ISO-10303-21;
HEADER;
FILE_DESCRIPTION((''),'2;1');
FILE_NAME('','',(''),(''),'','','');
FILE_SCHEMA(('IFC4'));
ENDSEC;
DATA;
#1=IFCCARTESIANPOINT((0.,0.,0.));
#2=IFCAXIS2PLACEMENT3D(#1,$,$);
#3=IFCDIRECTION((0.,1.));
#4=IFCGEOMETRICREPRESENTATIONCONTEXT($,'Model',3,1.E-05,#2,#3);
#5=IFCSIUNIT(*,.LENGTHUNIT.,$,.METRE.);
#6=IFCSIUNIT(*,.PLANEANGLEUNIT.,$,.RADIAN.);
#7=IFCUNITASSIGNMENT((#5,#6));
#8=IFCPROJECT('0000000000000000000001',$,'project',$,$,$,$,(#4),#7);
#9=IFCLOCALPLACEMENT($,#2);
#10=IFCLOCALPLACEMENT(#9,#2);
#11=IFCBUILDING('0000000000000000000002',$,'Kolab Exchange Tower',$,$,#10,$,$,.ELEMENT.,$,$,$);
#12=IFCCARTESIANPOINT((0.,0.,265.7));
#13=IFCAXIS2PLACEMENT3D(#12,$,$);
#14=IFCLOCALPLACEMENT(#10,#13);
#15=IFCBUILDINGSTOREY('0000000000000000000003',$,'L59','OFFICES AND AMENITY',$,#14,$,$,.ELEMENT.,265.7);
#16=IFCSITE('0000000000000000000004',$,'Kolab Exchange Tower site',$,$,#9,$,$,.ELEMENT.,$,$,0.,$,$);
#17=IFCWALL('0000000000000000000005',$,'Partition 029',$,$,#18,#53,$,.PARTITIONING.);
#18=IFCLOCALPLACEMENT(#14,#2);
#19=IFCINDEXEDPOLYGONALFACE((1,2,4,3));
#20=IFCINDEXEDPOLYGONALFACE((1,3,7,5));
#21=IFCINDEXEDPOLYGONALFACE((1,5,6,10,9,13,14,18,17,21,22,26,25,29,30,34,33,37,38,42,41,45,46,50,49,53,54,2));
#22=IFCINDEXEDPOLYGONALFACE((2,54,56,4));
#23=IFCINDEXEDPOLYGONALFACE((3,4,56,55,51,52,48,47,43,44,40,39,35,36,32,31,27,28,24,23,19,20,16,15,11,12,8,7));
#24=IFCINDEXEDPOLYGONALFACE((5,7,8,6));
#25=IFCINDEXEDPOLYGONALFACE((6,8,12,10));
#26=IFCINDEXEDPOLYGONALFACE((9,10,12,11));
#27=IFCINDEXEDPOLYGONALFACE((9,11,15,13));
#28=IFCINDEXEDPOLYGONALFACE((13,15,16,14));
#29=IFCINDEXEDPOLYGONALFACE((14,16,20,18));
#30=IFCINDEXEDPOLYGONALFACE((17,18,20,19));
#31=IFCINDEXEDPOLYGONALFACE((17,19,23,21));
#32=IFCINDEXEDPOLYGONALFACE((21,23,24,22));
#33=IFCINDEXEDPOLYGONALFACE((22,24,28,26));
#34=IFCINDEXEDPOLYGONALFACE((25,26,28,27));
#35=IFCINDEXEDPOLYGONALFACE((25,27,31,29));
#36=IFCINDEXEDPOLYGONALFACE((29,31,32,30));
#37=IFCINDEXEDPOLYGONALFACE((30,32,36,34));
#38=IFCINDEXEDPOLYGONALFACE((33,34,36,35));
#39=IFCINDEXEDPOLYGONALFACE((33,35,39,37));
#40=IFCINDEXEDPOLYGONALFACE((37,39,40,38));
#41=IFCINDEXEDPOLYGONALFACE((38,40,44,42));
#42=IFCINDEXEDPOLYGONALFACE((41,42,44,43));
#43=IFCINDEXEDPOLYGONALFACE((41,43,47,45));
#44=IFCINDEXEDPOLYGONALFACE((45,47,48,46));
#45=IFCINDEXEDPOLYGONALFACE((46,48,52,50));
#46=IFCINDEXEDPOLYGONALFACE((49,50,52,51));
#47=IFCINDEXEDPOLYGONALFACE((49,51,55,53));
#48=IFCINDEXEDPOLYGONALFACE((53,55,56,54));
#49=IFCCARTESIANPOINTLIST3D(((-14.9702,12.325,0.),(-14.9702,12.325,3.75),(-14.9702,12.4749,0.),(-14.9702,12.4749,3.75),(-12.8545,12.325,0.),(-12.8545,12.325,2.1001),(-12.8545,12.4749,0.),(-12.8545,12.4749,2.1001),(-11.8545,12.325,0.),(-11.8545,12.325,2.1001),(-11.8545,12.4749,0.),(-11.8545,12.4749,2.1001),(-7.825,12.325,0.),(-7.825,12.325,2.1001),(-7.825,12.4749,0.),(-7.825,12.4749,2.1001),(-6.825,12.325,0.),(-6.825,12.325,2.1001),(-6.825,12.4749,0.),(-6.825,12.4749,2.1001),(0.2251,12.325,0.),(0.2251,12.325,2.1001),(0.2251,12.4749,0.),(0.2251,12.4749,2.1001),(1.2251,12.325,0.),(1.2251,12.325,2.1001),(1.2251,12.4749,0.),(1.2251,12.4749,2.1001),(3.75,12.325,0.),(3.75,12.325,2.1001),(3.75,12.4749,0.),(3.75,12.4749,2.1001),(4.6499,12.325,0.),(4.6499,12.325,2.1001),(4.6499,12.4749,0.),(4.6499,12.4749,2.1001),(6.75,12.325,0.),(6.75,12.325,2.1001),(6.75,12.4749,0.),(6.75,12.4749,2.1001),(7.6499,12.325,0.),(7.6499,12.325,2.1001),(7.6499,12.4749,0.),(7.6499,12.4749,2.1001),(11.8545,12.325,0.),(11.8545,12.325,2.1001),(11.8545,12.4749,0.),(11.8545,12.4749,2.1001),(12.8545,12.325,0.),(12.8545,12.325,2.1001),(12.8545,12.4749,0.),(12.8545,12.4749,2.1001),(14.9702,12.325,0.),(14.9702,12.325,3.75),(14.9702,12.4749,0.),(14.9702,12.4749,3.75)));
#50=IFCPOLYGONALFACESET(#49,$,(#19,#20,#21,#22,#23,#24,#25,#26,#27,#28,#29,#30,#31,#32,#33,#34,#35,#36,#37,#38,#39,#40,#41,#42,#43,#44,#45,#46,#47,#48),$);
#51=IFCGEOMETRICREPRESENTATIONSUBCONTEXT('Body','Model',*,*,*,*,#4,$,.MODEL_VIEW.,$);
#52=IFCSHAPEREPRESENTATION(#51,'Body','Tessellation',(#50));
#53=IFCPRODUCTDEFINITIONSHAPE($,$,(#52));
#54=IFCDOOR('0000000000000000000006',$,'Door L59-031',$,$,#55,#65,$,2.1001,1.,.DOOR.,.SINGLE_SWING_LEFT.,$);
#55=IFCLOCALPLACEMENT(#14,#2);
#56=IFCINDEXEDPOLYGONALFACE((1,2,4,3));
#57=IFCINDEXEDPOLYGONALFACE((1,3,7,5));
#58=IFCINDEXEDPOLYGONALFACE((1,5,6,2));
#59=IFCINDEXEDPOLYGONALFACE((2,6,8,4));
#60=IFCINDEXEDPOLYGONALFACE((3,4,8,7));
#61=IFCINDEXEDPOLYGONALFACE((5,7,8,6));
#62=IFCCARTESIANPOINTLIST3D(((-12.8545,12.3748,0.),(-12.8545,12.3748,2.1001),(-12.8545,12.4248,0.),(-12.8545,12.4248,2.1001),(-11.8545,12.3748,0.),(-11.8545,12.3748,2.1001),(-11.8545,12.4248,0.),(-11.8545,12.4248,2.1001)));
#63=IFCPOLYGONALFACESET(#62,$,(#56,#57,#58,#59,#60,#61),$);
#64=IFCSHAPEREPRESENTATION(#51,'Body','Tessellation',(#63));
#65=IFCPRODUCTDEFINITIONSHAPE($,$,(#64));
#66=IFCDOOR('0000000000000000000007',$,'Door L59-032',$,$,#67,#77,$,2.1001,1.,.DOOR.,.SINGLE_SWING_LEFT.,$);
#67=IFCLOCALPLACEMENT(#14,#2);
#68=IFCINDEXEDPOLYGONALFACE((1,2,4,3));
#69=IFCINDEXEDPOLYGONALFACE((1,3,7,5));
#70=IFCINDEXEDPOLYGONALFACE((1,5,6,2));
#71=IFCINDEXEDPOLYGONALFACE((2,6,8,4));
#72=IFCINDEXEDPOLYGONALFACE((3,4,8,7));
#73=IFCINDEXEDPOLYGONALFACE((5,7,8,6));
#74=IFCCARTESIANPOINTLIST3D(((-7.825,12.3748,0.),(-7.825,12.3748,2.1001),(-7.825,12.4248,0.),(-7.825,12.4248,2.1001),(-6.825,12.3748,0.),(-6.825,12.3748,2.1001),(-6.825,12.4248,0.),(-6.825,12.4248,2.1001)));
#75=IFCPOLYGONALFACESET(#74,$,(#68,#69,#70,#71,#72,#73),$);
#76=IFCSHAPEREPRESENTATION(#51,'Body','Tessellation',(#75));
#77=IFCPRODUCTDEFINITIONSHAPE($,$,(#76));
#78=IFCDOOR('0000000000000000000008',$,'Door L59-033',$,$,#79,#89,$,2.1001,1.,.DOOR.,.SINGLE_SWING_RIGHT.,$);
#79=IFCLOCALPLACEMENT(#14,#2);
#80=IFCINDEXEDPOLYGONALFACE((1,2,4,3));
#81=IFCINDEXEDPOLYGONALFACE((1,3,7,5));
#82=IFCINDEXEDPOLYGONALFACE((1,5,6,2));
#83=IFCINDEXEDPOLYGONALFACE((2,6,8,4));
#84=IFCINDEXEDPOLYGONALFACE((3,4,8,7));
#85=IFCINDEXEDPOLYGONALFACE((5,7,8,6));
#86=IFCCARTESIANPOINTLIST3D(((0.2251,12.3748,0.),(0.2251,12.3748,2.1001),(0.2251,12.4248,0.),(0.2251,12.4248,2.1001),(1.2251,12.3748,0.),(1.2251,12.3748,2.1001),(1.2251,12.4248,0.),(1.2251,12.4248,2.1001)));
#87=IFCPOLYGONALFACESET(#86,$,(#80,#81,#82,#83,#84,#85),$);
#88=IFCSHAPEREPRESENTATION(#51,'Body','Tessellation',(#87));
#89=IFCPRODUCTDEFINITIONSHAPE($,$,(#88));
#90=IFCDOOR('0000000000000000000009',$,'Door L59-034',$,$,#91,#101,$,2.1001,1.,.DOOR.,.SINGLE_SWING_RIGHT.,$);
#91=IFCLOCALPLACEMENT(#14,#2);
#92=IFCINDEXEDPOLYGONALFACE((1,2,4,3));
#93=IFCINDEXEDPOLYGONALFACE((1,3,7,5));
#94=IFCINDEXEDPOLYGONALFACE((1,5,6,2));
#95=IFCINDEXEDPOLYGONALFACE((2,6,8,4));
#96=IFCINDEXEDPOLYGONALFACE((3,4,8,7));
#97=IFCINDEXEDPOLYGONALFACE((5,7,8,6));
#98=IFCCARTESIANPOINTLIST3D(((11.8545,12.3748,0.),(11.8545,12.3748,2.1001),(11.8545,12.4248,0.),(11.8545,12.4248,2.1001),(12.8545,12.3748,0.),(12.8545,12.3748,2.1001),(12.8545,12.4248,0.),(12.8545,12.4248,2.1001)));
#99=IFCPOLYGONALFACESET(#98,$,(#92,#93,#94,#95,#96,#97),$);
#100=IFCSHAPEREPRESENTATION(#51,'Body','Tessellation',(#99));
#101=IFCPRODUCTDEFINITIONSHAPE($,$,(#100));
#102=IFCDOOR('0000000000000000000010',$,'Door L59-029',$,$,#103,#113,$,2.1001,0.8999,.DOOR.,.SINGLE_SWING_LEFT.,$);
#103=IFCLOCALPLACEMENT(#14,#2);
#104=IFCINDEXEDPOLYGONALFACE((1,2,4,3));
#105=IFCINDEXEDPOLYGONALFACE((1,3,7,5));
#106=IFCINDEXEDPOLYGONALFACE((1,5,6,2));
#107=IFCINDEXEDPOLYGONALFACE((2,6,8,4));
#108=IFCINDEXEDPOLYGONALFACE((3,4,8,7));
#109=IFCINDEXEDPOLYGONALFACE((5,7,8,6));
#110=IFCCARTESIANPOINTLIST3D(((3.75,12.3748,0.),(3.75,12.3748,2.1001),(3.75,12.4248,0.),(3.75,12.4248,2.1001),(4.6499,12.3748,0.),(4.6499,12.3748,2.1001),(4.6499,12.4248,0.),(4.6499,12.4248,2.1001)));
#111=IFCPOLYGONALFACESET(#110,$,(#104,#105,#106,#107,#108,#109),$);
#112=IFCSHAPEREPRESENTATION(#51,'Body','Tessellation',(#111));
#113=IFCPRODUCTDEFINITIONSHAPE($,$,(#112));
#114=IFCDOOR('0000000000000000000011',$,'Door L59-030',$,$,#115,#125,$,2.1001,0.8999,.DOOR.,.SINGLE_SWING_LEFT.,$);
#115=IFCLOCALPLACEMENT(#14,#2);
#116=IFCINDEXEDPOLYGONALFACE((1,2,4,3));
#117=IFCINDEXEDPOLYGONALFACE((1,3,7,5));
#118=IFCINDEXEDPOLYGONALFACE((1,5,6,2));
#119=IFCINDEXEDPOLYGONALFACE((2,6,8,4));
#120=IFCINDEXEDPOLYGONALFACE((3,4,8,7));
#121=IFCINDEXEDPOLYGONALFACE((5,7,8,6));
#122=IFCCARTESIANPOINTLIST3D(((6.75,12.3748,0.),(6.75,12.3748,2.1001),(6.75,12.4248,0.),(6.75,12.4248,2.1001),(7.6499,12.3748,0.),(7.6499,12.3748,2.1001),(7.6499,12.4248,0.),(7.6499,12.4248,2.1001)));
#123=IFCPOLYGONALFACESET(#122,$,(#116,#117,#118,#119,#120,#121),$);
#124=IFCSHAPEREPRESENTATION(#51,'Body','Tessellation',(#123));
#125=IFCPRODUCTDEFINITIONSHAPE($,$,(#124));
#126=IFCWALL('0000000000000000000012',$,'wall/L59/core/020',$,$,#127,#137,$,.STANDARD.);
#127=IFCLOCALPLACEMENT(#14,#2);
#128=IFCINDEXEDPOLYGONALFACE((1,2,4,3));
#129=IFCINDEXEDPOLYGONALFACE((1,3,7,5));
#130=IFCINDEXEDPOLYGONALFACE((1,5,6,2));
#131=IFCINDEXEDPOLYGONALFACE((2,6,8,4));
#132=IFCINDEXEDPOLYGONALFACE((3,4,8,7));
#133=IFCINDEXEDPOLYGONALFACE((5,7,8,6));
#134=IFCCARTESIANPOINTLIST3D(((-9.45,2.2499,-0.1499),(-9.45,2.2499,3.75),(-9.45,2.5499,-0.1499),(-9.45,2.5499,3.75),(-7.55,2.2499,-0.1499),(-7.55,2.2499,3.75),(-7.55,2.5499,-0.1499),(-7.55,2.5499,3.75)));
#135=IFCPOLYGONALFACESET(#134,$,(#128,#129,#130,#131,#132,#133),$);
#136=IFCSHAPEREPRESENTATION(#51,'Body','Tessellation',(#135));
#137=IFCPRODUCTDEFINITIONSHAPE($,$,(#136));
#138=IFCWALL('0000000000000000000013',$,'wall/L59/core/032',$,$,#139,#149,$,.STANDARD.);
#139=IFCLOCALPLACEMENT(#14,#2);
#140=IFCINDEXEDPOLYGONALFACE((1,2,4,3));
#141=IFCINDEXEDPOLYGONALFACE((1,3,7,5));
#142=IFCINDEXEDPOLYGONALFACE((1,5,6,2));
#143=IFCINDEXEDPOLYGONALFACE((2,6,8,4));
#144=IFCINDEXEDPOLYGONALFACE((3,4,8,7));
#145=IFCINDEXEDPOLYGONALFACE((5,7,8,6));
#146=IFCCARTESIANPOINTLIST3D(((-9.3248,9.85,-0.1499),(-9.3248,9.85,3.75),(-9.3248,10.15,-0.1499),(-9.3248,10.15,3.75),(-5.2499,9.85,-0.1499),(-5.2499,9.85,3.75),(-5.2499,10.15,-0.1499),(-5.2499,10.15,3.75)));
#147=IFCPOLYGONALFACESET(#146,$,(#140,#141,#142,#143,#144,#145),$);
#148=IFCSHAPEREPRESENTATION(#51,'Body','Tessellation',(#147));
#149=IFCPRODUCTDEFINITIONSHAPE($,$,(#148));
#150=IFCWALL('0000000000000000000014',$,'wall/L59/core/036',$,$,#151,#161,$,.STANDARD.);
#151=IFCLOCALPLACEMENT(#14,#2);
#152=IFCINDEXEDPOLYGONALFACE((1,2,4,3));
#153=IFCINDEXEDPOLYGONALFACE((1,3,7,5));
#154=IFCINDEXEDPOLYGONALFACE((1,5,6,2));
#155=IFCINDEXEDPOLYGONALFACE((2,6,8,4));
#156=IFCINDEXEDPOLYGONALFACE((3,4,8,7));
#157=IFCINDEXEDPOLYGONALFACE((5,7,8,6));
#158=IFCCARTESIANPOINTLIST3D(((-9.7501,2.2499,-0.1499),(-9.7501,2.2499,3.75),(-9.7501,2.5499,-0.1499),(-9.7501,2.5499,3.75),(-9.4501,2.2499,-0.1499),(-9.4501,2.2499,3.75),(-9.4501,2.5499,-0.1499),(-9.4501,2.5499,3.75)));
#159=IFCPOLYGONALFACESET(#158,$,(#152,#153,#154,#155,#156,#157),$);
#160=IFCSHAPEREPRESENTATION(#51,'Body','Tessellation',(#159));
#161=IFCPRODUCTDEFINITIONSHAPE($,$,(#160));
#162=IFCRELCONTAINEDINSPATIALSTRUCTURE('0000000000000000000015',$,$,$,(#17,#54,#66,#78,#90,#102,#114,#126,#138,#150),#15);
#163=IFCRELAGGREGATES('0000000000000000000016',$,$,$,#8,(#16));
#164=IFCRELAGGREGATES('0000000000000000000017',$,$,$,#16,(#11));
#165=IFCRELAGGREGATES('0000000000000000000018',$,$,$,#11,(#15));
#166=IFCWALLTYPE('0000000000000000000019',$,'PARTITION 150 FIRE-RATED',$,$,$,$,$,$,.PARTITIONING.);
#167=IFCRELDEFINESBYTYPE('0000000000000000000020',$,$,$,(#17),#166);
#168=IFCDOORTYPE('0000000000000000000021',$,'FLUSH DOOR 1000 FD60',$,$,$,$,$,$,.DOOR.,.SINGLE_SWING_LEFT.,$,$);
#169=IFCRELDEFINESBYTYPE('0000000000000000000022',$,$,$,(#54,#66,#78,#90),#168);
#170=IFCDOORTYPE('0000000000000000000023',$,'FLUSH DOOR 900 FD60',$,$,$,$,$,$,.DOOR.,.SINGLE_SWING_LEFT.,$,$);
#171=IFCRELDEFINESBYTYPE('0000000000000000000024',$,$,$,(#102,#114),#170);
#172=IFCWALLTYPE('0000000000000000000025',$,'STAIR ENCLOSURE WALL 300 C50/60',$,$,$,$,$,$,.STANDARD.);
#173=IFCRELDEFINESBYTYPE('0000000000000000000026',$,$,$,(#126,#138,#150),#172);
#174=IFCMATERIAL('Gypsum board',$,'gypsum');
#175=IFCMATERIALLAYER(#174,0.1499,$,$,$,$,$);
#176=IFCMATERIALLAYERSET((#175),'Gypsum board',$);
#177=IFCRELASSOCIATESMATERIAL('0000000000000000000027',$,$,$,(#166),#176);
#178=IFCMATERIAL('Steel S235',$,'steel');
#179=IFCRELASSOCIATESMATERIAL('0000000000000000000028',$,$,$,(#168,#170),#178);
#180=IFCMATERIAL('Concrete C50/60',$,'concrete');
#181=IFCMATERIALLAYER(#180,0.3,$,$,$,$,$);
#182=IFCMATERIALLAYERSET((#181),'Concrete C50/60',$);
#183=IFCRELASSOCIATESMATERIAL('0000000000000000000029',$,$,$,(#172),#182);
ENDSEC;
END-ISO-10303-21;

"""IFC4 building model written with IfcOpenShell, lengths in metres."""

from ifc_helpers import new_model, si_unit, direction, frame, frame_2d, origin, place, context, subcontext, project, spatial, rectangle, extrude, material, layer, layer_set, type_object, element, fill, save


model = new_model("IFC4")

# Units and contexts
model_context = context("Model", 3, precision=1e-05, world=origin(), true_north=direction((0.0, 1.0)))
body_context = subcontext(model_context, "Body", "Model", "MODEL_VIEW")
ifc_project = project(units=[si_unit("LENGTHUNIT", "METRE"), si_unit("PLANEANGLEUNIT", "RADIAN")], contexts=[model_context])

# Site, building, storey
site_placement = place(None, origin())
site = spatial("IfcSite", under=ifc_project, at=site_placement, Name="Kolab Exchange Tower site", CompositionType="ELEMENT", RefElevation=0.0)
building_placement = place(site_placement, origin())
building = spatial("IfcBuilding", under=site, at=building_placement, Name="Kolab Exchange Tower", CompositionType="ELEMENT")
storey_placement = place(building_placement, frame((0.0, 0.0, 265.7)))
storey = spatial("IfcBuildingStorey", under=building, at=storey_placement, Name="L59", Description="OFFICES AND AMENITY", CompositionType="ELEMENT", Elevation=265.7)

# Shared definitions
ifc_material_1 = material(Name="Concrete C50/60", Category="concrete")
ifc_material_2 = material(Name="Gypsum board", Category="gypsum")
ifc_layer_1 = layer(ifc_material_2, 0.1499)
ifc_layer_set_1 = layer_set([ifc_layer_1], Name="Gypsum board")
wall_type_1 = type_object("IfcWallType", Name="PARTITION 150 FIRE-RATED", PredefinedType="PARTITIONING", material=ifc_layer_set_1)

# Wall, openings, doors
wall_1_placement = place(storey_placement, frame((-14.9702, 12.3999, 0.0), z_axis=(0.0, 0.0, 1.0), x_axis=(1.0, 0.0, 0.0)))
wall_1 = element("IfcWall", 1, at=wall_1_placement, inside=storey, type_object=wall_type_1, Name="Partition 029", PredefinedType="PARTITIONING", context=body_context, shape_type="SweptSolid", body=[
    extrude(rectangle(XDim=29.9404, YDim=0.1499, at=frame_2d((14.9702, 0.0))), origin(), (0.0, 0.0, 1.0), 3.75),
])
opening_1_placement = place(wall_1_placement, frame((18.7202, 0.0, 0.0)))
opening_1 = element("IfcOpeningElement", 2, at=opening_1_placement, cuts=wall_1, PredefinedType="OPENING", context=body_context, shape_type="SweptSolid", body=[
    extrude(rectangle(XDim=0.8999, YDim=2.1001, at=frame_2d((0.45, 1.05))), frame((0.0, 0.085, 0.0), z_axis=(0.0, -1.0, 0.0), x_axis=(1.0, 0.0, 0.0)), (0.0, 0.0, 1.0), 0.1699),
])
opening_2_placement = place(wall_1_placement, frame((21.7202, 0.0, 0.0)))
opening_2 = element("IfcOpeningElement", 3, at=opening_2_placement, cuts=wall_1, PredefinedType="OPENING", context=body_context, shape_type="SweptSolid", body=[
    extrude(rectangle(XDim=0.8999, YDim=2.1001, at=frame_2d((0.45, 1.05))), frame((0.0, 0.085, 0.0), z_axis=(0.0, -1.0, 0.0), x_axis=(1.0, 0.0, 0.0)), (0.0, 0.0, 1.0), 0.1699),
])
opening_3_placement = place(wall_1_placement, frame((2.1157, 0.0, 0.0)))
opening_3 = element("IfcOpeningElement", 4, at=opening_3_placement, cuts=wall_1, PredefinedType="OPENING", context=body_context, shape_type="SweptSolid", body=[
    extrude(rectangle(XDim=1.0, YDim=2.1001, at=frame_2d((0.5, 1.05))), frame((0.0, 0.085, 0.0), z_axis=(0.0, -1.0, 0.0), x_axis=(1.0, 0.0, 0.0)), (0.0, 0.0, 1.0), 0.1699),
])
opening_4_placement = place(wall_1_placement, frame((7.1453, 0.0, 0.0)))
opening_4 = element("IfcOpeningElement", 5, at=opening_4_placement, cuts=wall_1, PredefinedType="OPENING", context=body_context, shape_type="SweptSolid", body=[
    extrude(rectangle(XDim=1.0, YDim=2.1001, at=frame_2d((0.5, 1.05))), frame((0.0, 0.085, 0.0), z_axis=(0.0, -1.0, 0.0), x_axis=(1.0, 0.0, 0.0)), (0.0, 0.0, 1.0), 0.1699),
])
opening_5_placement = place(wall_1_placement, frame((15.1953, 0.0, 0.0)))
opening_5 = element("IfcOpeningElement", 6, at=opening_5_placement, cuts=wall_1, PredefinedType="OPENING", context=body_context, shape_type="SweptSolid", body=[
    extrude(rectangle(XDim=1.0, YDim=2.1001, at=frame_2d((0.5, 1.05))), frame((0.0, 0.085, 0.0), z_axis=(0.0, -1.0, 0.0), x_axis=(1.0, 0.0, 0.0)), (0.0, 0.0, 1.0), 0.1699),
])
opening_6_placement = place(wall_1_placement, frame((26.8247, 0.0, 0.0)))
opening_6 = element("IfcOpeningElement", 7, at=opening_6_placement, cuts=wall_1, PredefinedType="OPENING", context=body_context, shape_type="SweptSolid", body=[
    extrude(rectangle(XDim=1.0, YDim=2.1001, at=frame_2d((0.5, 1.05))), frame((0.0, 0.085, 0.0), z_axis=(0.0, -1.0, 0.0), x_axis=(1.0, 0.0, 0.0)), (0.0, 0.0, 1.0), 0.1699),
])
ifc_material_3 = material(Name="Steel S235", Category="steel")
door_type_1 = type_object("IfcDoorType", Name="FLUSH DOOR 1000 FD60", OperationType="SINGLE_SWING_LEFT", PredefinedType="DOOR", material=ifc_material_3)
door_1_placement = place(opening_3_placement, origin())
door_1 = element("IfcDoor", 8, at=door_1_placement, inside=storey, type_object=door_type_1, Name="Door L59-031", OperationType="SINGLE_SWING_LEFT", OverallHeight=2.1001, OverallWidth=1.0, PredefinedType="DOOR", context=body_context, shape_type="SweptSolid", body=[
    extrude(rectangle(XDim=1.0, YDim=2.1001, at=frame_2d((0.5, 1.05))), frame((0.0, 0.0249, 0.0), z_axis=(0.0, -1.0, 0.0), x_axis=(1.0, 0.0, 0.0)), (0.0, 0.0, 1.0), 0.05),
])
fill(opening_3, door_1)
door_2_placement = place(opening_4_placement, origin())
door_2 = element("IfcDoor", 9, at=door_2_placement, inside=storey, type_object=door_type_1, Name="Door L59-032", OperationType="SINGLE_SWING_LEFT", OverallHeight=2.1001, OverallWidth=1.0, PredefinedType="DOOR", context=body_context, shape_type="SweptSolid", body=[
    extrude(rectangle(XDim=1.0, YDim=2.1001, at=frame_2d((0.5, 1.05))), frame((0.0, 0.0249, 0.0), z_axis=(0.0, -1.0, 0.0), x_axis=(1.0, 0.0, 0.0)), (0.0, 0.0, 1.0), 0.05),
])
fill(opening_4, door_2)
door_3_placement = place(opening_5_placement, origin())
door_3 = element("IfcDoor", 10, at=door_3_placement, inside=storey, type_object=door_type_1, Name="Door L59-033", OperationType="SINGLE_SWING_RIGHT", OverallHeight=2.1001, OverallWidth=1.0, PredefinedType="DOOR", context=body_context, shape_type="SweptSolid", body=[
    extrude(rectangle(XDim=1.0, YDim=2.1001, at=frame_2d((0.5, 1.05))), frame((0.0, 0.0249, 0.0), z_axis=(0.0, -1.0, 0.0), x_axis=(1.0, 0.0, 0.0)), (0.0, 0.0, 1.0), 0.05),
])
fill(opening_5, door_3)
door_4_placement = place(opening_6_placement, origin())
door_4 = element("IfcDoor", 11, at=door_4_placement, inside=storey, type_object=door_type_1, Name="Door L59-034", OperationType="SINGLE_SWING_RIGHT", OverallHeight=2.1001, OverallWidth=1.0, PredefinedType="DOOR", context=body_context, shape_type="SweptSolid", body=[
    extrude(rectangle(XDim=1.0, YDim=2.1001, at=frame_2d((0.5, 1.05))), frame((0.0, 0.0249, 0.0), z_axis=(0.0, -1.0, 0.0), x_axis=(1.0, 0.0, 0.0)), (0.0, 0.0, 1.0), 0.05),
])
fill(opening_6, door_4)
door_type_2 = type_object("IfcDoorType", Name="FLUSH DOOR 900 FD60", OperationType="SINGLE_SWING_LEFT", PredefinedType="DOOR", material=ifc_material_3)
door_5_placement = place(opening_1_placement, origin())
door_5 = element("IfcDoor", 12, at=door_5_placement, inside=storey, type_object=door_type_2, Name="Door L59-029", OperationType="SINGLE_SWING_LEFT", OverallHeight=2.1001, OverallWidth=0.8999, PredefinedType="DOOR", context=body_context, shape_type="SweptSolid", body=[
    extrude(rectangle(XDim=0.8999, YDim=2.1001, at=frame_2d((0.45, 1.05))), frame((0.0, 0.0249, 0.0), z_axis=(0.0, -1.0, 0.0), x_axis=(1.0, 0.0, 0.0)), (0.0, 0.0, 1.0), 0.05),
])
fill(opening_1, door_5)
door_6_placement = place(opening_2_placement, origin())
door_6 = element("IfcDoor", 13, at=door_6_placement, inside=storey, type_object=door_type_2, Name="Door L59-030", OperationType="SINGLE_SWING_LEFT", OverallHeight=2.1001, OverallWidth=0.8999, PredefinedType="DOOR", context=body_context, shape_type="SweptSolid", body=[
    extrude(rectangle(XDim=0.8999, YDim=2.1001, at=frame_2d((0.45, 1.05))), frame((0.0, 0.0249, 0.0), z_axis=(0.0, -1.0, 0.0), x_axis=(1.0, 0.0, 0.0)), (0.0, 0.0, 1.0), 0.05),
])
fill(opening_2, door_6)

# Walls
ifc_layer_2 = layer(ifc_material_1, 0.3)
ifc_layer_set_2 = layer_set([ifc_layer_2], Name="Concrete C50/60")
wall_type_2 = type_object("IfcWallType", Name="STAIR ENCLOSURE WALL 300 C50/60", PredefinedType="STANDARD", material=ifc_layer_set_2)
wall_2_placement = place(storey_placement, frame((-9.45, 2.3999, -0.1499), z_axis=(0.0, 0.0, 1.0), x_axis=(1.0, 0.0, 0.0)))
element("IfcWall", 14, at=wall_2_placement, inside=storey, type_object=wall_type_2, Name="wall/L59/core/020", PredefinedType="STANDARD", context=body_context, shape_type="SweptSolid", body=[
    extrude(rectangle(XDim=1.8999, YDim=0.3, at=frame_2d((0.95, 0.0))), origin(), (0.0, 0.0, 1.0), 3.8999),
])
wall_3_placement = place(storey_placement, frame((-9.325, 10.0, -0.1499), z_axis=(0.0, 0.0, 1.0), x_axis=(1.0, 0.0, 0.0)))
element("IfcWall", 15, at=wall_3_placement, inside=storey, type_object=wall_type_2, Name="wall/L59/core/032", PredefinedType="STANDARD", context=body_context, shape_type="SweptSolid", body=[
    extrude(rectangle(XDim=4.075, YDim=0.3, at=frame_2d((2.0376, 0.0))), origin(), (0.0, 0.0, 1.0), 3.8999),
])
wall_4_placement = place(storey_placement, frame((-9.6001, 2.25, -0.1499), z_axis=(0.0, 0.0, 1.0), x_axis=(0.0, 1.0, 0.0)))
element("IfcWall", 16, at=wall_4_placement, inside=storey, type_object=wall_type_2, Name="wall/L59/core/036", PredefinedType="STANDARD", context=body_context, shape_type="SweptSolid", body=[
    extrude(rectangle(XDim=0.3, YDim=0.3, at=frame_2d((0.1499, 0.0))), origin(), (0.0, 0.0, 1.0), 3.8999),
])

save(model, "model.ifc")
